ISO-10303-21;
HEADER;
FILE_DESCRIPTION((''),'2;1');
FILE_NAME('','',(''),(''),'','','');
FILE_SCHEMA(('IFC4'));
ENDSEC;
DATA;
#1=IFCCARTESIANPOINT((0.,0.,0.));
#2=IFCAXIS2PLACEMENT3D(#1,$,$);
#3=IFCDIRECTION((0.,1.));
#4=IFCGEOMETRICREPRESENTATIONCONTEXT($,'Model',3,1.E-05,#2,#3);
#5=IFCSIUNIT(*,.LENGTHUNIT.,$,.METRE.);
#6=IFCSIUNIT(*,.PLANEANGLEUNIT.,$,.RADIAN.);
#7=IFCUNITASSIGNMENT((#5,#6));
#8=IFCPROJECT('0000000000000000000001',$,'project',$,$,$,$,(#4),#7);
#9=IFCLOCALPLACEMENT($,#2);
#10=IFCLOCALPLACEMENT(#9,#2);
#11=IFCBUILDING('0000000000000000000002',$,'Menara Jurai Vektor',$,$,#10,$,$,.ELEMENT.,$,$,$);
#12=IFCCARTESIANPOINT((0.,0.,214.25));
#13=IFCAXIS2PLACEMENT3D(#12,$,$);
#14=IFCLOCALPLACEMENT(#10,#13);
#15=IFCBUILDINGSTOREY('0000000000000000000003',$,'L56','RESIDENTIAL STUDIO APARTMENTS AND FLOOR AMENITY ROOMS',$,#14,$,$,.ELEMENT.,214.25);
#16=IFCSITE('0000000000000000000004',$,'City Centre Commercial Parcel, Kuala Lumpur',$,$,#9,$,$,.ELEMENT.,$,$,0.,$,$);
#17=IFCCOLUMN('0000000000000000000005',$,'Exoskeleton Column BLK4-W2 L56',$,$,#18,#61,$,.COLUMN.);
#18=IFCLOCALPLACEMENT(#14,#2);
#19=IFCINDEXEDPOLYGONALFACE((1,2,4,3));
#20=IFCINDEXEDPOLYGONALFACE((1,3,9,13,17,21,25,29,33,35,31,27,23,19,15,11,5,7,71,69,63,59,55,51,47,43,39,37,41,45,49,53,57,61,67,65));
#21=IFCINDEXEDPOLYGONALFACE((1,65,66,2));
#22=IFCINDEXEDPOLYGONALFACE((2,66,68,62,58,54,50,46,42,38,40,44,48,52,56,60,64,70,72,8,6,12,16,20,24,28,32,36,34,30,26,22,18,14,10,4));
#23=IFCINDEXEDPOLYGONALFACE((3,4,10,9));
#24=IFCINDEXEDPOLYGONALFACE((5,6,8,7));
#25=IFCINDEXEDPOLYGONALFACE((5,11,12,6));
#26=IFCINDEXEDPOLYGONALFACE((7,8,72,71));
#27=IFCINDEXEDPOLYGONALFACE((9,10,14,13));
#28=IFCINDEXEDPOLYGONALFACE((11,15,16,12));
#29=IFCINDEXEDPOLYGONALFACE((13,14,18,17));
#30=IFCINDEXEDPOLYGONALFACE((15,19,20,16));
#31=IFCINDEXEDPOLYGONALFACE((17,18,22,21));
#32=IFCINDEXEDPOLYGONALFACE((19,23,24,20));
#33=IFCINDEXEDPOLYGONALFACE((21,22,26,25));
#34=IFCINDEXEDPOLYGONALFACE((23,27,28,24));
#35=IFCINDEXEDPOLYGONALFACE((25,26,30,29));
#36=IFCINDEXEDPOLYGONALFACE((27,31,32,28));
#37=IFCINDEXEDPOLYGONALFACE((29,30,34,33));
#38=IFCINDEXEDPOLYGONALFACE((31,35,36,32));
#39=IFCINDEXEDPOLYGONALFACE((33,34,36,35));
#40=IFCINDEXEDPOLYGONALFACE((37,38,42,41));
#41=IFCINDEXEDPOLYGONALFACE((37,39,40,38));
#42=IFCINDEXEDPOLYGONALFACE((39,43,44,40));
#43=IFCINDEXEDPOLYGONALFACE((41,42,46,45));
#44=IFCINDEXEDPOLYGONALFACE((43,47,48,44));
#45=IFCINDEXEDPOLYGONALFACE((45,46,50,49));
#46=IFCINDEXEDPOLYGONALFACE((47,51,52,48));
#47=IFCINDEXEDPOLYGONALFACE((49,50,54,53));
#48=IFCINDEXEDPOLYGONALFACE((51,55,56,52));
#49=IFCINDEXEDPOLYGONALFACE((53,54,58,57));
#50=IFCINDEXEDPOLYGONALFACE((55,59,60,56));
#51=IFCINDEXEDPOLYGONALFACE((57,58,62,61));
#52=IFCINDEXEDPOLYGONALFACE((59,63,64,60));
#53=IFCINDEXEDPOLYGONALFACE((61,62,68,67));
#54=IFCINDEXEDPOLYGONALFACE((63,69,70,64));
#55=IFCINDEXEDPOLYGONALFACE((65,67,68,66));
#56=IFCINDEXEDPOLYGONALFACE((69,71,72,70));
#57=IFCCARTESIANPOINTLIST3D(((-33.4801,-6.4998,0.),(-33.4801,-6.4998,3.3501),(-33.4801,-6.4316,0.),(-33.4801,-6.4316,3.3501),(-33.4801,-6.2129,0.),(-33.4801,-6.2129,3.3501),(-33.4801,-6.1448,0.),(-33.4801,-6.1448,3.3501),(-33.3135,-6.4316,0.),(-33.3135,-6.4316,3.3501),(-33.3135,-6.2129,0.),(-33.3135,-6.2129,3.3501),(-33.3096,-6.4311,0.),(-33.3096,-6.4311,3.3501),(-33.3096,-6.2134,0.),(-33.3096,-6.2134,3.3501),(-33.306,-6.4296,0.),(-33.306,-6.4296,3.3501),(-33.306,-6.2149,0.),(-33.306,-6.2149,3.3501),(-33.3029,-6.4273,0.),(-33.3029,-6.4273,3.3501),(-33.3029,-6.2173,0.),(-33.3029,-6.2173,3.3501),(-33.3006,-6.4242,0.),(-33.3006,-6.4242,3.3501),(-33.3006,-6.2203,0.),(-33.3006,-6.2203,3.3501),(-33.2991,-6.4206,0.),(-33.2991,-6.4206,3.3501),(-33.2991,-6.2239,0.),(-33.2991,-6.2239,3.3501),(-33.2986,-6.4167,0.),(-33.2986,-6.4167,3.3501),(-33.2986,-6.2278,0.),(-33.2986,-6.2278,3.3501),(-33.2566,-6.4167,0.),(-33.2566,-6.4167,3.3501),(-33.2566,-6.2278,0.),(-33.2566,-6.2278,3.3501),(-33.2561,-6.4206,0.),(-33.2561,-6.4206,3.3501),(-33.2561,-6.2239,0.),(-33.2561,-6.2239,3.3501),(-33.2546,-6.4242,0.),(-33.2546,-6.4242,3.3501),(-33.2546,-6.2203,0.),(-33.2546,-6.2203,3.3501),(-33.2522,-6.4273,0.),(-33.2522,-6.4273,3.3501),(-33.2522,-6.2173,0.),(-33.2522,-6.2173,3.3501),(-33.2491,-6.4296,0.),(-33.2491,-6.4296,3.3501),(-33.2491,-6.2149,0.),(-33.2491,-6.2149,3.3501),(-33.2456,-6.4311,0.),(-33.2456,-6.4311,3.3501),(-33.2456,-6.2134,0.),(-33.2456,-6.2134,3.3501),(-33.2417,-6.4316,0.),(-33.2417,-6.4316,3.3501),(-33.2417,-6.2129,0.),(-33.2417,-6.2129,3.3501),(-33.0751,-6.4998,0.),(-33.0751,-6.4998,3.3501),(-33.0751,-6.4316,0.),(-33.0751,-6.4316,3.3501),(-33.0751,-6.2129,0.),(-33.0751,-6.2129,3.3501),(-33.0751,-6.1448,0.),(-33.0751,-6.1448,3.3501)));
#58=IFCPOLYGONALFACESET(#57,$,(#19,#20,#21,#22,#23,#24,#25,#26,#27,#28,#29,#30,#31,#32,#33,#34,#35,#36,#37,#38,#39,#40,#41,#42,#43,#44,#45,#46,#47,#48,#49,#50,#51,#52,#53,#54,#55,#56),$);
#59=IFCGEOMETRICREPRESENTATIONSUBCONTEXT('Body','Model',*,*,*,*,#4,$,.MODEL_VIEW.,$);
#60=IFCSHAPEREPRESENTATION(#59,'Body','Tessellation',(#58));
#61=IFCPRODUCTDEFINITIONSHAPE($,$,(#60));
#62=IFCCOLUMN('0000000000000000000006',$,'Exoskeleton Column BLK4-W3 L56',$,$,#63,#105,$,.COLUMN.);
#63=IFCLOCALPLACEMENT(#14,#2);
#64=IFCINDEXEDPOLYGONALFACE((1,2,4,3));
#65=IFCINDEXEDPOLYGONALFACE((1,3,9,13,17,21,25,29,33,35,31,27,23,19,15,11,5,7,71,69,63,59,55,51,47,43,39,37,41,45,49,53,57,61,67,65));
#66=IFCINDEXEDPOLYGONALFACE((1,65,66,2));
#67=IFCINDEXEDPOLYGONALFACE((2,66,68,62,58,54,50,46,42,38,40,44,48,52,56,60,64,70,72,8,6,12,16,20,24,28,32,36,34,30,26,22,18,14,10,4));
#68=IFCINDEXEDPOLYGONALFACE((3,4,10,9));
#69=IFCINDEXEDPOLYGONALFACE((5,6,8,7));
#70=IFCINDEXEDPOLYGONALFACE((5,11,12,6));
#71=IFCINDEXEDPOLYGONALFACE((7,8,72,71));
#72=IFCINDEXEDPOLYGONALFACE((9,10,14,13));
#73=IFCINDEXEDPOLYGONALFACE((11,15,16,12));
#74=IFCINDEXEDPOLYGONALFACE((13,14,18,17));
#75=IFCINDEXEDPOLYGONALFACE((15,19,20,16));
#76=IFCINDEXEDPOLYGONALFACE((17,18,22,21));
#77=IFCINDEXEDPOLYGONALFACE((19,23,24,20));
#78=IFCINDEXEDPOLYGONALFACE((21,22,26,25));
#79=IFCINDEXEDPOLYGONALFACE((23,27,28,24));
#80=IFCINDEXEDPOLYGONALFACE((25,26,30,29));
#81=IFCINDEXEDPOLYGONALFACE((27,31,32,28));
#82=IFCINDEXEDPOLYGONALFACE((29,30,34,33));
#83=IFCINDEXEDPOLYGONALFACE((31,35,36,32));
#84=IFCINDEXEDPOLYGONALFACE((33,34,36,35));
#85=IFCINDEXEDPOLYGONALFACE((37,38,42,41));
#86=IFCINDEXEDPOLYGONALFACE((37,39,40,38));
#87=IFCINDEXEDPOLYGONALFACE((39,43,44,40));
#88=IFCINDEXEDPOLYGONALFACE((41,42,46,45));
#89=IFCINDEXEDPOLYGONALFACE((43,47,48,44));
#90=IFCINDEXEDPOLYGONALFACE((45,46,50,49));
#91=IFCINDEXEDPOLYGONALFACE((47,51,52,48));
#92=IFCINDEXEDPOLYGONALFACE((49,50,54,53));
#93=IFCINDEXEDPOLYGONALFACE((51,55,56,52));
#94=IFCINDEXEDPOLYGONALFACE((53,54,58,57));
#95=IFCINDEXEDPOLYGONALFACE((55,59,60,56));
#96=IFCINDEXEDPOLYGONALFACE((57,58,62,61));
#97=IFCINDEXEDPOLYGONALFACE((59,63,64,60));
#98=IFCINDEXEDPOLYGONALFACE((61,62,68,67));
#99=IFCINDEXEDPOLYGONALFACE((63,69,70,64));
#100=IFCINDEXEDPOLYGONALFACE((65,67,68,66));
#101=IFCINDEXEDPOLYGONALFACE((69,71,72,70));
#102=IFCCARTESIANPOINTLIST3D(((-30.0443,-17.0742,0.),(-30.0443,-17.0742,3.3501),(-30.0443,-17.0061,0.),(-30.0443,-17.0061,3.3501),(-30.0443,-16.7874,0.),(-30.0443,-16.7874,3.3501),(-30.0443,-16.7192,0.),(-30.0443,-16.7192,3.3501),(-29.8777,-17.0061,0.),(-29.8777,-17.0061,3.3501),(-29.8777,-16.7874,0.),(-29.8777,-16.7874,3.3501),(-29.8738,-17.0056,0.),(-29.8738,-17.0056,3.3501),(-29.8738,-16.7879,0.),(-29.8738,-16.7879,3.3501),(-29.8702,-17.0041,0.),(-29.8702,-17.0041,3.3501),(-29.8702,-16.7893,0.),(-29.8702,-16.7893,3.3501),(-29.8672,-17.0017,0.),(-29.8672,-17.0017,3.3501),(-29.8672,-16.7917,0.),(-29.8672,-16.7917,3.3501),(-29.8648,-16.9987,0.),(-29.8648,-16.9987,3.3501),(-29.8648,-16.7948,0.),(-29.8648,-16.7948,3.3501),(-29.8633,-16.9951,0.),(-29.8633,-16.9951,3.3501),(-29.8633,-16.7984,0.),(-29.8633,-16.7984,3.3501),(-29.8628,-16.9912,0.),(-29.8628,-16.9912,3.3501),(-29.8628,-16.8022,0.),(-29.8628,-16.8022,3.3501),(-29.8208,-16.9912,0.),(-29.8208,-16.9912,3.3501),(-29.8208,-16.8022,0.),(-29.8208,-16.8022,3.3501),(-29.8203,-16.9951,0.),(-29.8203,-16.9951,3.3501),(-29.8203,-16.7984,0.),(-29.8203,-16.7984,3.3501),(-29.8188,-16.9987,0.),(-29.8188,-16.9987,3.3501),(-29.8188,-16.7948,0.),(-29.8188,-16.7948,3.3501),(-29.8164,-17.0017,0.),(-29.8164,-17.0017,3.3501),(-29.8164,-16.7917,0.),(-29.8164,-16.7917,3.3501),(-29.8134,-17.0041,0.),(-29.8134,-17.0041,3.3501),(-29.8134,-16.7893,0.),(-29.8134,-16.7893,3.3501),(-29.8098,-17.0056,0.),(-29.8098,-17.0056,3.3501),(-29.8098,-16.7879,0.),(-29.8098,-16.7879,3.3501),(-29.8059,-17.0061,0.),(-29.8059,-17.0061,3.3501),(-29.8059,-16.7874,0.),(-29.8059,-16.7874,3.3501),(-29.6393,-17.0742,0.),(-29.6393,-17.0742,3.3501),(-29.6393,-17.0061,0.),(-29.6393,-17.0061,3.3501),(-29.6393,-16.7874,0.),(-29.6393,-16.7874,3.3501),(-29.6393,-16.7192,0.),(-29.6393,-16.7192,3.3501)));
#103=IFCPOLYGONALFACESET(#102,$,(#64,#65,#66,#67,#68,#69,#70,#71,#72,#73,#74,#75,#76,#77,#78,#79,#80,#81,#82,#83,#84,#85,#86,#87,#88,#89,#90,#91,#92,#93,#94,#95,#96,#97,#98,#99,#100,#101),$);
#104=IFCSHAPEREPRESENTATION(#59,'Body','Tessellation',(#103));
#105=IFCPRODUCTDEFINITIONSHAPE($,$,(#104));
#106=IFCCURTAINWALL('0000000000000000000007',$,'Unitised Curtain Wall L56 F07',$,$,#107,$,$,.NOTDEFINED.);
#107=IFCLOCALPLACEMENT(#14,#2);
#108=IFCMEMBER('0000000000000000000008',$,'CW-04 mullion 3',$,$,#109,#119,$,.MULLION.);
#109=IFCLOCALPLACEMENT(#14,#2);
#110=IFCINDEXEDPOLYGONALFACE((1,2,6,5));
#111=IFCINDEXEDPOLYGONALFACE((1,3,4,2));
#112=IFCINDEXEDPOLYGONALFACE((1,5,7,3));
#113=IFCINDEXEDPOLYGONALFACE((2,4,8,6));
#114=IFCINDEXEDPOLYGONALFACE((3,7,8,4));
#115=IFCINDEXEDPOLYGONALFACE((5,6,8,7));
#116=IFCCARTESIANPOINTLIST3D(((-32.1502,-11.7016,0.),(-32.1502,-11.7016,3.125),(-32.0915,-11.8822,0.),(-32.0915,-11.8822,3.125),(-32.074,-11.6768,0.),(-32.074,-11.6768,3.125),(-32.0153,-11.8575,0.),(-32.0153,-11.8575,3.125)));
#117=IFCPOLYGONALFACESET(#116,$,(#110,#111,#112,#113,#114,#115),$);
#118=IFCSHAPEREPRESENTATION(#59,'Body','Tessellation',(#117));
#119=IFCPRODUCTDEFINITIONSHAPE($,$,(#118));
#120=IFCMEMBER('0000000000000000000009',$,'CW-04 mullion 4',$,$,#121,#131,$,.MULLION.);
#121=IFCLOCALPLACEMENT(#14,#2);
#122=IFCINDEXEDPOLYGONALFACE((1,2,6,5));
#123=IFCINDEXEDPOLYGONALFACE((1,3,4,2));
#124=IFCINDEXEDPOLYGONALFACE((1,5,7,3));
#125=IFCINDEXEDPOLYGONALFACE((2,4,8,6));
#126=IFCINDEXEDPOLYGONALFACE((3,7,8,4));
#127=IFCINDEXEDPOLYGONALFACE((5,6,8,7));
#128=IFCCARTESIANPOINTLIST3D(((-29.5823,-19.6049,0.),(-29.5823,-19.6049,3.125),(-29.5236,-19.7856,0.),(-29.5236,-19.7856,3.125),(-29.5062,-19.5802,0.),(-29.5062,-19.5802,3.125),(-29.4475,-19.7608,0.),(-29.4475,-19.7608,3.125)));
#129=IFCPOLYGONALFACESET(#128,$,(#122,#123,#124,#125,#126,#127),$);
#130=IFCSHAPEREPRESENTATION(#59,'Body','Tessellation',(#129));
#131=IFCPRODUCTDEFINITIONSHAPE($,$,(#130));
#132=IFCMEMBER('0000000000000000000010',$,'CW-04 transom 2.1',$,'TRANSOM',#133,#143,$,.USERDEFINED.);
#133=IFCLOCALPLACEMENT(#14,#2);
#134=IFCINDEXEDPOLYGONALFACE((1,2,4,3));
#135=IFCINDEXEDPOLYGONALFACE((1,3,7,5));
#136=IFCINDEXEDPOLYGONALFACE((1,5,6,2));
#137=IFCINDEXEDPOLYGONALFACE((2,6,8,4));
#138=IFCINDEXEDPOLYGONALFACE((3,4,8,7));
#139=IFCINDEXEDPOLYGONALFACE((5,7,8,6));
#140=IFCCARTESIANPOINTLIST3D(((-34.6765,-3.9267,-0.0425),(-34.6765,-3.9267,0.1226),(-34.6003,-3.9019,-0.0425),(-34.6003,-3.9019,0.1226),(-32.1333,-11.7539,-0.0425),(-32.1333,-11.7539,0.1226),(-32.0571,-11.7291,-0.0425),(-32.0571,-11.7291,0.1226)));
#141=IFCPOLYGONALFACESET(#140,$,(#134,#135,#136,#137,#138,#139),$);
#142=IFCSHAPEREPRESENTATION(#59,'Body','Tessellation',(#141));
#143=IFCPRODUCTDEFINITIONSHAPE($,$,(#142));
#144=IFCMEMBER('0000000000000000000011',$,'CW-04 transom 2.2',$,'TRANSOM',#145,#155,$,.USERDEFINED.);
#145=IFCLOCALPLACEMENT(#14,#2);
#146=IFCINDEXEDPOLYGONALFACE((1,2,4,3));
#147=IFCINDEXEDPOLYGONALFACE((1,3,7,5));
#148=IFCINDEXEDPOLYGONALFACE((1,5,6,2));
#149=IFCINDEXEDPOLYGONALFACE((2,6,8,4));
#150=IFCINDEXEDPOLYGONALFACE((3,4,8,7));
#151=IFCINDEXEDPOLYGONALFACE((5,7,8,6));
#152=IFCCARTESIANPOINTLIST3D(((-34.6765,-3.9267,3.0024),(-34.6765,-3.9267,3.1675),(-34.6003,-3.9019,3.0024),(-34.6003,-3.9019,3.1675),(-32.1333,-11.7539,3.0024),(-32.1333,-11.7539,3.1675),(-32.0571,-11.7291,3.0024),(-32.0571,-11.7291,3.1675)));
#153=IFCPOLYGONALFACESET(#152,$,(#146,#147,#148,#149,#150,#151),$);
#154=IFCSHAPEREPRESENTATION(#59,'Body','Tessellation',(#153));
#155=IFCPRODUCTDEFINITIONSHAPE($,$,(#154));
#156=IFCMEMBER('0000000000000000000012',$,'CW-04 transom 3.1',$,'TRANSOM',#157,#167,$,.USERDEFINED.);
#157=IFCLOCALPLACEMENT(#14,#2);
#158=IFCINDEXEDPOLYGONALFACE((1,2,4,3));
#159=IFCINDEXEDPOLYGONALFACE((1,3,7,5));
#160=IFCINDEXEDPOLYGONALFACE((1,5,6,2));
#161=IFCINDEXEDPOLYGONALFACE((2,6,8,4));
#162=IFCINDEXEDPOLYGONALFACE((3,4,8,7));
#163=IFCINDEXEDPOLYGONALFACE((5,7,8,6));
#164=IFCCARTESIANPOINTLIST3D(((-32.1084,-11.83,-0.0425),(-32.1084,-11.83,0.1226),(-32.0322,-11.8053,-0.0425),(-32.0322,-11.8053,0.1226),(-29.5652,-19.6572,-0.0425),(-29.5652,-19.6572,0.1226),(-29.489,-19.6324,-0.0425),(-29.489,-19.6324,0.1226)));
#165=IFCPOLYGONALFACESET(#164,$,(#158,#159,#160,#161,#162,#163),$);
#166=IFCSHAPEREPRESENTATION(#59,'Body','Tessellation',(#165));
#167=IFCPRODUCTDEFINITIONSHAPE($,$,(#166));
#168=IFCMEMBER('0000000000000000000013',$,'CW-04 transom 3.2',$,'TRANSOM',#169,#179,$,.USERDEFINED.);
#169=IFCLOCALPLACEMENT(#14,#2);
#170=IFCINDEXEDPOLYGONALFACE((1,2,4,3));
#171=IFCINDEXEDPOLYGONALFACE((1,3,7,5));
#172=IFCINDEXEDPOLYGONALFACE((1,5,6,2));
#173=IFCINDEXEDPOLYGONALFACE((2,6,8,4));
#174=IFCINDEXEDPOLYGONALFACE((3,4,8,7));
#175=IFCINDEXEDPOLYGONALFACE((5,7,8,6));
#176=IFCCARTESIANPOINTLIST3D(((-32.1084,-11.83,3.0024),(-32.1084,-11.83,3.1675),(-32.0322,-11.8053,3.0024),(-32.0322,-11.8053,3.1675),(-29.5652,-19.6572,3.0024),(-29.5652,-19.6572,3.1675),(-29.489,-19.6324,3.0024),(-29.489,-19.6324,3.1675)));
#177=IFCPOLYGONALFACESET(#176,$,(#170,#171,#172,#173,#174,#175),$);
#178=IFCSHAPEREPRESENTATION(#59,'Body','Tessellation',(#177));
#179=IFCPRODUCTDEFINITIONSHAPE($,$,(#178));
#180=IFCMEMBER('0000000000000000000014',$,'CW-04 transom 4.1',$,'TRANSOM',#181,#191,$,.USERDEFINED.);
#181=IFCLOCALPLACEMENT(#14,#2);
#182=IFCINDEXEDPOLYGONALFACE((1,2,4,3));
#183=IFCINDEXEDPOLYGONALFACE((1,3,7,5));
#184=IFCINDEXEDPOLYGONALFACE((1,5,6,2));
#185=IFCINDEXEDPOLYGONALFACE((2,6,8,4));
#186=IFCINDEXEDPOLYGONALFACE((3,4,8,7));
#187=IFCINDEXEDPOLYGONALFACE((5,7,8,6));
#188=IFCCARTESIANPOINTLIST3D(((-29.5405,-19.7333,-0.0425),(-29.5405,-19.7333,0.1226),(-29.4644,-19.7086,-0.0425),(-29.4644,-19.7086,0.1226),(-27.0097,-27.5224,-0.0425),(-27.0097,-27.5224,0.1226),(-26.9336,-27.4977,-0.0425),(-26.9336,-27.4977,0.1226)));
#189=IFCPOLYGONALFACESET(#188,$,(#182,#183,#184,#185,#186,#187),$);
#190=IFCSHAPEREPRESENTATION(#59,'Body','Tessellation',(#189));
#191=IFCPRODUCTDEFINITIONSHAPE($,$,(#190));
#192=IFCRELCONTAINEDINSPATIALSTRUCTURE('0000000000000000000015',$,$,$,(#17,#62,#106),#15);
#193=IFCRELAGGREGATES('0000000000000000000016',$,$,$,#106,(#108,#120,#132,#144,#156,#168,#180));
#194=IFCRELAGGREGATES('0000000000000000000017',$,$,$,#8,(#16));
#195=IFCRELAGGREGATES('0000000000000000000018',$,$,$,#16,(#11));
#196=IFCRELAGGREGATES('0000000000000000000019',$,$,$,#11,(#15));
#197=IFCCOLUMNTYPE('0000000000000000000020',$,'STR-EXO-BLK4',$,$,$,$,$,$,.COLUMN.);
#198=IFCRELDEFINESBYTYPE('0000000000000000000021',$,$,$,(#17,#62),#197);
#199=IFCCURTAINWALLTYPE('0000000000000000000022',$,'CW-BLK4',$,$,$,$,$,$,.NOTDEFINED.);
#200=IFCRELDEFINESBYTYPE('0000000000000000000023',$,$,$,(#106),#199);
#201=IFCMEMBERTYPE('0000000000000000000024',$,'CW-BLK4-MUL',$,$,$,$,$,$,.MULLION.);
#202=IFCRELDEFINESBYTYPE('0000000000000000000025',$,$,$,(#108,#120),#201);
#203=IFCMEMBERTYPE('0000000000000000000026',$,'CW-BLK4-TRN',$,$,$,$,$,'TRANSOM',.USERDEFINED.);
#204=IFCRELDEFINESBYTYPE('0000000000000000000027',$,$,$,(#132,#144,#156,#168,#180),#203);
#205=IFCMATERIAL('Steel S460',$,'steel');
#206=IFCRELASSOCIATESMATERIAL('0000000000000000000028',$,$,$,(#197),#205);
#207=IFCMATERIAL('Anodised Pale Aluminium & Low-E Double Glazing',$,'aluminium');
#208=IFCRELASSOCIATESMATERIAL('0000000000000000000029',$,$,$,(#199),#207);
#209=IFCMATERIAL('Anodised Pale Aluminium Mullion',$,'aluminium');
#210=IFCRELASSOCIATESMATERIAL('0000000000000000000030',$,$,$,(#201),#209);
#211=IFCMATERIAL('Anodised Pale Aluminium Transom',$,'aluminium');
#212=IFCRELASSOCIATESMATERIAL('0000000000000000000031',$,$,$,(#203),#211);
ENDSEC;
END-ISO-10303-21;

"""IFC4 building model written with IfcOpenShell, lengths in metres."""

from ifc_helpers import new_model, si_unit, direction, frame, origin, origin_2d, place, context, subcontext, project, spatial, rectangle, i_section, extrude, material, material_profile, profile_set, type_object, element, aggregate, save


model = new_model("IFC4")

# Units and contexts
model_context = context("Model", 3, precision=1e-05, world=origin(), true_north=direction((0.0, 1.0)))
body_context = subcontext(model_context, "Body", "Model", "MODEL_VIEW")
ifc_project = project(units=[si_unit("LENGTHUNIT", "METRE"), si_unit("PLANEANGLEUNIT", "RADIAN")], contexts=[model_context])

# Site, building, storey
site_placement = place(None, origin())
site = spatial("IfcSite", under=ifc_project, at=site_placement, Name="City Centre Commercial Parcel, Kuala Lumpur", CompositionType="ELEMENT", RefElevation=0.0)
building_placement = place(site_placement, origin())
building = spatial("IfcBuilding", under=site, at=building_placement, Name="Menara Jurai Vektor", CompositionType="ELEMENT")
storey_placement = place(building_placement, frame((0.0, 0.0, 214.25)))
storey = spatial("IfcBuildingStorey", under=building, at=storey_placement, Name="L56", Description="RESIDENTIAL STUDIO APARTMENTS AND FLOOR AMENITY ROOMS", CompositionType="ELEMENT", Elevation=214.25)

# Columns
ifc_material_1 = material(Name="Steel S460", Category="steel")
ifc_material_profile_1 = material_profile(ifc_material_1, i_section(OverallWidth=0.405, OverallDepth=0.355, WebThickness=0.042, FlangeThickness=0.0681, FilletRadius=0.0149, at=origin_2d()), Name="HD 400x551")
ifc_profile_set_1 = profile_set([ifc_material_profile_1], Name="Steel S460")
column_type = type_object("IfcColumnType", Name="STR-EXO-BLK4", PredefinedType="COLUMN", material=ifc_profile_set_1)
for number, where, z_axis, x_axis, name in (
    (1, (-33.2776, -6.3223, 0.0), (0.0, 0.0, 1.0), (1.0, 0.0, 0.0), "Exoskeleton Column BLK4-W2 L56"),
    (2, (-29.8418, -16.8967, 0.0), (0.0, 0.0, 1.0), (1.0, 0.0, 0.0), "Exoskeleton Column BLK4-W3 L56"),
):
    element("IfcColumn", number, at=place(storey_placement, frame(where, z_axis=z_axis, x_axis=x_axis)), inside=storey, type_object=column_type, Name=name, PredefinedType="COLUMN", context=body_context, shape_type="SweptSolid", body=[
        extrude(i_section(OverallWidth=0.405, OverallDepth=0.355, WebThickness=0.042, FlangeThickness=0.0681, FilletRadius=0.0149, at=origin_2d()), origin(), (0.0, 0.0, 1.0), 3.3501),
    ])

# Curtain wall, members
ifc_material_2 = material(Name="Anodised Pale Aluminium & Low-E Double Glazing", Category="aluminium")
curtain_wall_type = type_object("IfcCurtainWallType", Name="CW-BLK4", PredefinedType="NOTDEFINED", material=ifc_material_2)
curtain_wall_placement = place(storey_placement, origin())
curtain_wall = element("IfcCurtainWall", 3, at=curtain_wall_placement, inside=storey, type_object=curtain_wall_type, Name="Unitised Curtain Wall L56 F07", PredefinedType="NOTDEFINED")
ifc_material_3 = material(Name="Anodised Pale Aluminium Mullion", Category="aluminium")
ifc_material_profile_2 = material_profile(ifc_material_3, rectangle(XDim=0.0801, YDim=0.1899, at=origin_2d()), Name="ALU MUL 80x190")
ifc_profile_set_2 = profile_set([ifc_material_profile_2], Name="Anodised Pale Aluminium Mullion")
member_type_1 = type_object("IfcMemberType", Name="CW-BLK4-MUL", PredefinedType="MULLION", material=ifc_profile_set_2)
member_1_placement = place(storey_placement, frame((-32.0828, -11.7795, 0.0), z_axis=(0.0, 0.0, 1.0), x_axis=(0.951057, 0.309016, 0.0)))
member_1 = element("IfcMember", 4, at=member_1_placement, type_object=member_type_1, Name="CW-04 mullion 3", PredefinedType="MULLION", context=body_context, shape_type="SweptSolid", body=[
    extrude(rectangle(XDim=0.0801, YDim=0.1899, at=origin_2d()), origin(), (0.0, 0.0, 1.0), 3.125),
])
member_2_placement = place(storey_placement, frame((-29.5149, -19.6829, 0.0), z_axis=(0.0, 0.0, 1.0), x_axis=(0.951057, 0.309016, 0.0)))
member_2 = element("IfcMember", 5, at=member_2_placement, type_object=member_type_1, Name="CW-04 mullion 4", PredefinedType="MULLION", context=body_context, shape_type="SweptSolid", body=[
    extrude(rectangle(XDim=0.0801, YDim=0.1899, at=origin_2d()), origin(), (0.0, 0.0, 1.0), 3.125),
])
ifc_material_4 = material(Name="Anodised Pale Aluminium Transom", Category="aluminium")
ifc_material_profile_3 = material_profile(ifc_material_4, rectangle(XDim=0.0801, YDim=0.165, at=origin_2d()), Name="ALU TRN 80x165")
ifc_profile_set_3 = profile_set([ifc_material_profile_3], Name="Anodised Pale Aluminium Transom")
member_type_2 = type_object("IfcMemberType", Name="CW-BLK4-TRN", ElementType="TRANSOM", PredefinedType="USERDEFINED", material=ifc_profile_set_3)
member_3_placement = place(storey_placement, frame((-34.6384, -3.9143, 0.04), z_axis=(0.309019, -0.951056, 0.0), x_axis=(0.951056, 0.309019, 0.0)))
member_3 = element("IfcMember", 6, at=member_3_placement, type_object=member_type_2, Name="CW-04 transom 2.1", ObjectType="TRANSOM", PredefinedType="USERDEFINED", context=body_context, shape_type="SweptSolid", body=[
    extrude(rectangle(XDim=0.0801, YDim=0.165, at=origin_2d()), origin(), (0.0, 0.0, 1.0), 8.23),
])
member_4_placement = place(storey_placement, frame((-34.6384, -3.9143, 3.085), z_axis=(0.309019, -0.951056, 0.0), x_axis=(0.951056, 0.309019, 0.0)))
member_4 = element("IfcMember", 7, at=member_4_placement, type_object=member_type_2, Name="CW-04 transom 2.2", ObjectType="TRANSOM", PredefinedType="USERDEFINED", context=body_context, shape_type="SweptSolid", body=[
    extrude(rectangle(XDim=0.0801, YDim=0.165, at=origin_2d()), origin(), (0.0, 0.0, 1.0), 8.23),
])
member_5_placement = place(storey_placement, frame((-32.0703, -11.8176, 0.04), z_axis=(0.309019, -0.951056, 0.0), x_axis=(0.951056, 0.309019, 0.0)))
member_5 = element("IfcMember", 8, at=member_5_placement, type_object=member_type_2, Name="CW-04 transom 3.1", ObjectType="TRANSOM", PredefinedType="USERDEFINED", context=body_context, shape_type="SweptSolid", body=[
    extrude(rectangle(XDim=0.0801, YDim=0.165, at=origin_2d()), origin(), (0.0, 0.0, 1.0), 8.23),
])
member_6_placement = place(storey_placement, frame((-32.0703, -11.8176, 3.085), z_axis=(0.309019, -0.951056, 0.0), x_axis=(0.951056, 0.309019, 0.0)))
member_6 = element("IfcMember", 9, at=member_6_placement, type_object=member_type_2, Name="CW-04 transom 3.2", ObjectType="TRANSOM", PredefinedType="USERDEFINED", context=body_context, shape_type="SweptSolid", body=[
    extrude(rectangle(XDim=0.0801, YDim=0.165, at=origin_2d()), origin(), (0.0, 0.0, 1.0), 8.23),
])
member_7_placement = place(storey_placement, frame((-29.5024, -19.7209, 0.04), z_axis=(0.309011, -0.951059, 0.0), x_axis=(0.951059, 0.309011, 0.0)))
member_7 = element("IfcMember", 10, at=member_7_placement, type_object=member_type_2, Name="CW-04 transom 4.1", ObjectType="TRANSOM", PredefinedType="USERDEFINED", context=body_context, shape_type="SweptSolid", body=[
    extrude(rectangle(XDim=0.0801, YDim=0.165, at=origin_2d()), origin(), (0.0, 0.0, 1.0), 8.1899),
])

aggregate(curtain_wall, [member_1, member_2, member_3, member_4, member_5, member_6, member_7])

save(model, "model.ifc")
